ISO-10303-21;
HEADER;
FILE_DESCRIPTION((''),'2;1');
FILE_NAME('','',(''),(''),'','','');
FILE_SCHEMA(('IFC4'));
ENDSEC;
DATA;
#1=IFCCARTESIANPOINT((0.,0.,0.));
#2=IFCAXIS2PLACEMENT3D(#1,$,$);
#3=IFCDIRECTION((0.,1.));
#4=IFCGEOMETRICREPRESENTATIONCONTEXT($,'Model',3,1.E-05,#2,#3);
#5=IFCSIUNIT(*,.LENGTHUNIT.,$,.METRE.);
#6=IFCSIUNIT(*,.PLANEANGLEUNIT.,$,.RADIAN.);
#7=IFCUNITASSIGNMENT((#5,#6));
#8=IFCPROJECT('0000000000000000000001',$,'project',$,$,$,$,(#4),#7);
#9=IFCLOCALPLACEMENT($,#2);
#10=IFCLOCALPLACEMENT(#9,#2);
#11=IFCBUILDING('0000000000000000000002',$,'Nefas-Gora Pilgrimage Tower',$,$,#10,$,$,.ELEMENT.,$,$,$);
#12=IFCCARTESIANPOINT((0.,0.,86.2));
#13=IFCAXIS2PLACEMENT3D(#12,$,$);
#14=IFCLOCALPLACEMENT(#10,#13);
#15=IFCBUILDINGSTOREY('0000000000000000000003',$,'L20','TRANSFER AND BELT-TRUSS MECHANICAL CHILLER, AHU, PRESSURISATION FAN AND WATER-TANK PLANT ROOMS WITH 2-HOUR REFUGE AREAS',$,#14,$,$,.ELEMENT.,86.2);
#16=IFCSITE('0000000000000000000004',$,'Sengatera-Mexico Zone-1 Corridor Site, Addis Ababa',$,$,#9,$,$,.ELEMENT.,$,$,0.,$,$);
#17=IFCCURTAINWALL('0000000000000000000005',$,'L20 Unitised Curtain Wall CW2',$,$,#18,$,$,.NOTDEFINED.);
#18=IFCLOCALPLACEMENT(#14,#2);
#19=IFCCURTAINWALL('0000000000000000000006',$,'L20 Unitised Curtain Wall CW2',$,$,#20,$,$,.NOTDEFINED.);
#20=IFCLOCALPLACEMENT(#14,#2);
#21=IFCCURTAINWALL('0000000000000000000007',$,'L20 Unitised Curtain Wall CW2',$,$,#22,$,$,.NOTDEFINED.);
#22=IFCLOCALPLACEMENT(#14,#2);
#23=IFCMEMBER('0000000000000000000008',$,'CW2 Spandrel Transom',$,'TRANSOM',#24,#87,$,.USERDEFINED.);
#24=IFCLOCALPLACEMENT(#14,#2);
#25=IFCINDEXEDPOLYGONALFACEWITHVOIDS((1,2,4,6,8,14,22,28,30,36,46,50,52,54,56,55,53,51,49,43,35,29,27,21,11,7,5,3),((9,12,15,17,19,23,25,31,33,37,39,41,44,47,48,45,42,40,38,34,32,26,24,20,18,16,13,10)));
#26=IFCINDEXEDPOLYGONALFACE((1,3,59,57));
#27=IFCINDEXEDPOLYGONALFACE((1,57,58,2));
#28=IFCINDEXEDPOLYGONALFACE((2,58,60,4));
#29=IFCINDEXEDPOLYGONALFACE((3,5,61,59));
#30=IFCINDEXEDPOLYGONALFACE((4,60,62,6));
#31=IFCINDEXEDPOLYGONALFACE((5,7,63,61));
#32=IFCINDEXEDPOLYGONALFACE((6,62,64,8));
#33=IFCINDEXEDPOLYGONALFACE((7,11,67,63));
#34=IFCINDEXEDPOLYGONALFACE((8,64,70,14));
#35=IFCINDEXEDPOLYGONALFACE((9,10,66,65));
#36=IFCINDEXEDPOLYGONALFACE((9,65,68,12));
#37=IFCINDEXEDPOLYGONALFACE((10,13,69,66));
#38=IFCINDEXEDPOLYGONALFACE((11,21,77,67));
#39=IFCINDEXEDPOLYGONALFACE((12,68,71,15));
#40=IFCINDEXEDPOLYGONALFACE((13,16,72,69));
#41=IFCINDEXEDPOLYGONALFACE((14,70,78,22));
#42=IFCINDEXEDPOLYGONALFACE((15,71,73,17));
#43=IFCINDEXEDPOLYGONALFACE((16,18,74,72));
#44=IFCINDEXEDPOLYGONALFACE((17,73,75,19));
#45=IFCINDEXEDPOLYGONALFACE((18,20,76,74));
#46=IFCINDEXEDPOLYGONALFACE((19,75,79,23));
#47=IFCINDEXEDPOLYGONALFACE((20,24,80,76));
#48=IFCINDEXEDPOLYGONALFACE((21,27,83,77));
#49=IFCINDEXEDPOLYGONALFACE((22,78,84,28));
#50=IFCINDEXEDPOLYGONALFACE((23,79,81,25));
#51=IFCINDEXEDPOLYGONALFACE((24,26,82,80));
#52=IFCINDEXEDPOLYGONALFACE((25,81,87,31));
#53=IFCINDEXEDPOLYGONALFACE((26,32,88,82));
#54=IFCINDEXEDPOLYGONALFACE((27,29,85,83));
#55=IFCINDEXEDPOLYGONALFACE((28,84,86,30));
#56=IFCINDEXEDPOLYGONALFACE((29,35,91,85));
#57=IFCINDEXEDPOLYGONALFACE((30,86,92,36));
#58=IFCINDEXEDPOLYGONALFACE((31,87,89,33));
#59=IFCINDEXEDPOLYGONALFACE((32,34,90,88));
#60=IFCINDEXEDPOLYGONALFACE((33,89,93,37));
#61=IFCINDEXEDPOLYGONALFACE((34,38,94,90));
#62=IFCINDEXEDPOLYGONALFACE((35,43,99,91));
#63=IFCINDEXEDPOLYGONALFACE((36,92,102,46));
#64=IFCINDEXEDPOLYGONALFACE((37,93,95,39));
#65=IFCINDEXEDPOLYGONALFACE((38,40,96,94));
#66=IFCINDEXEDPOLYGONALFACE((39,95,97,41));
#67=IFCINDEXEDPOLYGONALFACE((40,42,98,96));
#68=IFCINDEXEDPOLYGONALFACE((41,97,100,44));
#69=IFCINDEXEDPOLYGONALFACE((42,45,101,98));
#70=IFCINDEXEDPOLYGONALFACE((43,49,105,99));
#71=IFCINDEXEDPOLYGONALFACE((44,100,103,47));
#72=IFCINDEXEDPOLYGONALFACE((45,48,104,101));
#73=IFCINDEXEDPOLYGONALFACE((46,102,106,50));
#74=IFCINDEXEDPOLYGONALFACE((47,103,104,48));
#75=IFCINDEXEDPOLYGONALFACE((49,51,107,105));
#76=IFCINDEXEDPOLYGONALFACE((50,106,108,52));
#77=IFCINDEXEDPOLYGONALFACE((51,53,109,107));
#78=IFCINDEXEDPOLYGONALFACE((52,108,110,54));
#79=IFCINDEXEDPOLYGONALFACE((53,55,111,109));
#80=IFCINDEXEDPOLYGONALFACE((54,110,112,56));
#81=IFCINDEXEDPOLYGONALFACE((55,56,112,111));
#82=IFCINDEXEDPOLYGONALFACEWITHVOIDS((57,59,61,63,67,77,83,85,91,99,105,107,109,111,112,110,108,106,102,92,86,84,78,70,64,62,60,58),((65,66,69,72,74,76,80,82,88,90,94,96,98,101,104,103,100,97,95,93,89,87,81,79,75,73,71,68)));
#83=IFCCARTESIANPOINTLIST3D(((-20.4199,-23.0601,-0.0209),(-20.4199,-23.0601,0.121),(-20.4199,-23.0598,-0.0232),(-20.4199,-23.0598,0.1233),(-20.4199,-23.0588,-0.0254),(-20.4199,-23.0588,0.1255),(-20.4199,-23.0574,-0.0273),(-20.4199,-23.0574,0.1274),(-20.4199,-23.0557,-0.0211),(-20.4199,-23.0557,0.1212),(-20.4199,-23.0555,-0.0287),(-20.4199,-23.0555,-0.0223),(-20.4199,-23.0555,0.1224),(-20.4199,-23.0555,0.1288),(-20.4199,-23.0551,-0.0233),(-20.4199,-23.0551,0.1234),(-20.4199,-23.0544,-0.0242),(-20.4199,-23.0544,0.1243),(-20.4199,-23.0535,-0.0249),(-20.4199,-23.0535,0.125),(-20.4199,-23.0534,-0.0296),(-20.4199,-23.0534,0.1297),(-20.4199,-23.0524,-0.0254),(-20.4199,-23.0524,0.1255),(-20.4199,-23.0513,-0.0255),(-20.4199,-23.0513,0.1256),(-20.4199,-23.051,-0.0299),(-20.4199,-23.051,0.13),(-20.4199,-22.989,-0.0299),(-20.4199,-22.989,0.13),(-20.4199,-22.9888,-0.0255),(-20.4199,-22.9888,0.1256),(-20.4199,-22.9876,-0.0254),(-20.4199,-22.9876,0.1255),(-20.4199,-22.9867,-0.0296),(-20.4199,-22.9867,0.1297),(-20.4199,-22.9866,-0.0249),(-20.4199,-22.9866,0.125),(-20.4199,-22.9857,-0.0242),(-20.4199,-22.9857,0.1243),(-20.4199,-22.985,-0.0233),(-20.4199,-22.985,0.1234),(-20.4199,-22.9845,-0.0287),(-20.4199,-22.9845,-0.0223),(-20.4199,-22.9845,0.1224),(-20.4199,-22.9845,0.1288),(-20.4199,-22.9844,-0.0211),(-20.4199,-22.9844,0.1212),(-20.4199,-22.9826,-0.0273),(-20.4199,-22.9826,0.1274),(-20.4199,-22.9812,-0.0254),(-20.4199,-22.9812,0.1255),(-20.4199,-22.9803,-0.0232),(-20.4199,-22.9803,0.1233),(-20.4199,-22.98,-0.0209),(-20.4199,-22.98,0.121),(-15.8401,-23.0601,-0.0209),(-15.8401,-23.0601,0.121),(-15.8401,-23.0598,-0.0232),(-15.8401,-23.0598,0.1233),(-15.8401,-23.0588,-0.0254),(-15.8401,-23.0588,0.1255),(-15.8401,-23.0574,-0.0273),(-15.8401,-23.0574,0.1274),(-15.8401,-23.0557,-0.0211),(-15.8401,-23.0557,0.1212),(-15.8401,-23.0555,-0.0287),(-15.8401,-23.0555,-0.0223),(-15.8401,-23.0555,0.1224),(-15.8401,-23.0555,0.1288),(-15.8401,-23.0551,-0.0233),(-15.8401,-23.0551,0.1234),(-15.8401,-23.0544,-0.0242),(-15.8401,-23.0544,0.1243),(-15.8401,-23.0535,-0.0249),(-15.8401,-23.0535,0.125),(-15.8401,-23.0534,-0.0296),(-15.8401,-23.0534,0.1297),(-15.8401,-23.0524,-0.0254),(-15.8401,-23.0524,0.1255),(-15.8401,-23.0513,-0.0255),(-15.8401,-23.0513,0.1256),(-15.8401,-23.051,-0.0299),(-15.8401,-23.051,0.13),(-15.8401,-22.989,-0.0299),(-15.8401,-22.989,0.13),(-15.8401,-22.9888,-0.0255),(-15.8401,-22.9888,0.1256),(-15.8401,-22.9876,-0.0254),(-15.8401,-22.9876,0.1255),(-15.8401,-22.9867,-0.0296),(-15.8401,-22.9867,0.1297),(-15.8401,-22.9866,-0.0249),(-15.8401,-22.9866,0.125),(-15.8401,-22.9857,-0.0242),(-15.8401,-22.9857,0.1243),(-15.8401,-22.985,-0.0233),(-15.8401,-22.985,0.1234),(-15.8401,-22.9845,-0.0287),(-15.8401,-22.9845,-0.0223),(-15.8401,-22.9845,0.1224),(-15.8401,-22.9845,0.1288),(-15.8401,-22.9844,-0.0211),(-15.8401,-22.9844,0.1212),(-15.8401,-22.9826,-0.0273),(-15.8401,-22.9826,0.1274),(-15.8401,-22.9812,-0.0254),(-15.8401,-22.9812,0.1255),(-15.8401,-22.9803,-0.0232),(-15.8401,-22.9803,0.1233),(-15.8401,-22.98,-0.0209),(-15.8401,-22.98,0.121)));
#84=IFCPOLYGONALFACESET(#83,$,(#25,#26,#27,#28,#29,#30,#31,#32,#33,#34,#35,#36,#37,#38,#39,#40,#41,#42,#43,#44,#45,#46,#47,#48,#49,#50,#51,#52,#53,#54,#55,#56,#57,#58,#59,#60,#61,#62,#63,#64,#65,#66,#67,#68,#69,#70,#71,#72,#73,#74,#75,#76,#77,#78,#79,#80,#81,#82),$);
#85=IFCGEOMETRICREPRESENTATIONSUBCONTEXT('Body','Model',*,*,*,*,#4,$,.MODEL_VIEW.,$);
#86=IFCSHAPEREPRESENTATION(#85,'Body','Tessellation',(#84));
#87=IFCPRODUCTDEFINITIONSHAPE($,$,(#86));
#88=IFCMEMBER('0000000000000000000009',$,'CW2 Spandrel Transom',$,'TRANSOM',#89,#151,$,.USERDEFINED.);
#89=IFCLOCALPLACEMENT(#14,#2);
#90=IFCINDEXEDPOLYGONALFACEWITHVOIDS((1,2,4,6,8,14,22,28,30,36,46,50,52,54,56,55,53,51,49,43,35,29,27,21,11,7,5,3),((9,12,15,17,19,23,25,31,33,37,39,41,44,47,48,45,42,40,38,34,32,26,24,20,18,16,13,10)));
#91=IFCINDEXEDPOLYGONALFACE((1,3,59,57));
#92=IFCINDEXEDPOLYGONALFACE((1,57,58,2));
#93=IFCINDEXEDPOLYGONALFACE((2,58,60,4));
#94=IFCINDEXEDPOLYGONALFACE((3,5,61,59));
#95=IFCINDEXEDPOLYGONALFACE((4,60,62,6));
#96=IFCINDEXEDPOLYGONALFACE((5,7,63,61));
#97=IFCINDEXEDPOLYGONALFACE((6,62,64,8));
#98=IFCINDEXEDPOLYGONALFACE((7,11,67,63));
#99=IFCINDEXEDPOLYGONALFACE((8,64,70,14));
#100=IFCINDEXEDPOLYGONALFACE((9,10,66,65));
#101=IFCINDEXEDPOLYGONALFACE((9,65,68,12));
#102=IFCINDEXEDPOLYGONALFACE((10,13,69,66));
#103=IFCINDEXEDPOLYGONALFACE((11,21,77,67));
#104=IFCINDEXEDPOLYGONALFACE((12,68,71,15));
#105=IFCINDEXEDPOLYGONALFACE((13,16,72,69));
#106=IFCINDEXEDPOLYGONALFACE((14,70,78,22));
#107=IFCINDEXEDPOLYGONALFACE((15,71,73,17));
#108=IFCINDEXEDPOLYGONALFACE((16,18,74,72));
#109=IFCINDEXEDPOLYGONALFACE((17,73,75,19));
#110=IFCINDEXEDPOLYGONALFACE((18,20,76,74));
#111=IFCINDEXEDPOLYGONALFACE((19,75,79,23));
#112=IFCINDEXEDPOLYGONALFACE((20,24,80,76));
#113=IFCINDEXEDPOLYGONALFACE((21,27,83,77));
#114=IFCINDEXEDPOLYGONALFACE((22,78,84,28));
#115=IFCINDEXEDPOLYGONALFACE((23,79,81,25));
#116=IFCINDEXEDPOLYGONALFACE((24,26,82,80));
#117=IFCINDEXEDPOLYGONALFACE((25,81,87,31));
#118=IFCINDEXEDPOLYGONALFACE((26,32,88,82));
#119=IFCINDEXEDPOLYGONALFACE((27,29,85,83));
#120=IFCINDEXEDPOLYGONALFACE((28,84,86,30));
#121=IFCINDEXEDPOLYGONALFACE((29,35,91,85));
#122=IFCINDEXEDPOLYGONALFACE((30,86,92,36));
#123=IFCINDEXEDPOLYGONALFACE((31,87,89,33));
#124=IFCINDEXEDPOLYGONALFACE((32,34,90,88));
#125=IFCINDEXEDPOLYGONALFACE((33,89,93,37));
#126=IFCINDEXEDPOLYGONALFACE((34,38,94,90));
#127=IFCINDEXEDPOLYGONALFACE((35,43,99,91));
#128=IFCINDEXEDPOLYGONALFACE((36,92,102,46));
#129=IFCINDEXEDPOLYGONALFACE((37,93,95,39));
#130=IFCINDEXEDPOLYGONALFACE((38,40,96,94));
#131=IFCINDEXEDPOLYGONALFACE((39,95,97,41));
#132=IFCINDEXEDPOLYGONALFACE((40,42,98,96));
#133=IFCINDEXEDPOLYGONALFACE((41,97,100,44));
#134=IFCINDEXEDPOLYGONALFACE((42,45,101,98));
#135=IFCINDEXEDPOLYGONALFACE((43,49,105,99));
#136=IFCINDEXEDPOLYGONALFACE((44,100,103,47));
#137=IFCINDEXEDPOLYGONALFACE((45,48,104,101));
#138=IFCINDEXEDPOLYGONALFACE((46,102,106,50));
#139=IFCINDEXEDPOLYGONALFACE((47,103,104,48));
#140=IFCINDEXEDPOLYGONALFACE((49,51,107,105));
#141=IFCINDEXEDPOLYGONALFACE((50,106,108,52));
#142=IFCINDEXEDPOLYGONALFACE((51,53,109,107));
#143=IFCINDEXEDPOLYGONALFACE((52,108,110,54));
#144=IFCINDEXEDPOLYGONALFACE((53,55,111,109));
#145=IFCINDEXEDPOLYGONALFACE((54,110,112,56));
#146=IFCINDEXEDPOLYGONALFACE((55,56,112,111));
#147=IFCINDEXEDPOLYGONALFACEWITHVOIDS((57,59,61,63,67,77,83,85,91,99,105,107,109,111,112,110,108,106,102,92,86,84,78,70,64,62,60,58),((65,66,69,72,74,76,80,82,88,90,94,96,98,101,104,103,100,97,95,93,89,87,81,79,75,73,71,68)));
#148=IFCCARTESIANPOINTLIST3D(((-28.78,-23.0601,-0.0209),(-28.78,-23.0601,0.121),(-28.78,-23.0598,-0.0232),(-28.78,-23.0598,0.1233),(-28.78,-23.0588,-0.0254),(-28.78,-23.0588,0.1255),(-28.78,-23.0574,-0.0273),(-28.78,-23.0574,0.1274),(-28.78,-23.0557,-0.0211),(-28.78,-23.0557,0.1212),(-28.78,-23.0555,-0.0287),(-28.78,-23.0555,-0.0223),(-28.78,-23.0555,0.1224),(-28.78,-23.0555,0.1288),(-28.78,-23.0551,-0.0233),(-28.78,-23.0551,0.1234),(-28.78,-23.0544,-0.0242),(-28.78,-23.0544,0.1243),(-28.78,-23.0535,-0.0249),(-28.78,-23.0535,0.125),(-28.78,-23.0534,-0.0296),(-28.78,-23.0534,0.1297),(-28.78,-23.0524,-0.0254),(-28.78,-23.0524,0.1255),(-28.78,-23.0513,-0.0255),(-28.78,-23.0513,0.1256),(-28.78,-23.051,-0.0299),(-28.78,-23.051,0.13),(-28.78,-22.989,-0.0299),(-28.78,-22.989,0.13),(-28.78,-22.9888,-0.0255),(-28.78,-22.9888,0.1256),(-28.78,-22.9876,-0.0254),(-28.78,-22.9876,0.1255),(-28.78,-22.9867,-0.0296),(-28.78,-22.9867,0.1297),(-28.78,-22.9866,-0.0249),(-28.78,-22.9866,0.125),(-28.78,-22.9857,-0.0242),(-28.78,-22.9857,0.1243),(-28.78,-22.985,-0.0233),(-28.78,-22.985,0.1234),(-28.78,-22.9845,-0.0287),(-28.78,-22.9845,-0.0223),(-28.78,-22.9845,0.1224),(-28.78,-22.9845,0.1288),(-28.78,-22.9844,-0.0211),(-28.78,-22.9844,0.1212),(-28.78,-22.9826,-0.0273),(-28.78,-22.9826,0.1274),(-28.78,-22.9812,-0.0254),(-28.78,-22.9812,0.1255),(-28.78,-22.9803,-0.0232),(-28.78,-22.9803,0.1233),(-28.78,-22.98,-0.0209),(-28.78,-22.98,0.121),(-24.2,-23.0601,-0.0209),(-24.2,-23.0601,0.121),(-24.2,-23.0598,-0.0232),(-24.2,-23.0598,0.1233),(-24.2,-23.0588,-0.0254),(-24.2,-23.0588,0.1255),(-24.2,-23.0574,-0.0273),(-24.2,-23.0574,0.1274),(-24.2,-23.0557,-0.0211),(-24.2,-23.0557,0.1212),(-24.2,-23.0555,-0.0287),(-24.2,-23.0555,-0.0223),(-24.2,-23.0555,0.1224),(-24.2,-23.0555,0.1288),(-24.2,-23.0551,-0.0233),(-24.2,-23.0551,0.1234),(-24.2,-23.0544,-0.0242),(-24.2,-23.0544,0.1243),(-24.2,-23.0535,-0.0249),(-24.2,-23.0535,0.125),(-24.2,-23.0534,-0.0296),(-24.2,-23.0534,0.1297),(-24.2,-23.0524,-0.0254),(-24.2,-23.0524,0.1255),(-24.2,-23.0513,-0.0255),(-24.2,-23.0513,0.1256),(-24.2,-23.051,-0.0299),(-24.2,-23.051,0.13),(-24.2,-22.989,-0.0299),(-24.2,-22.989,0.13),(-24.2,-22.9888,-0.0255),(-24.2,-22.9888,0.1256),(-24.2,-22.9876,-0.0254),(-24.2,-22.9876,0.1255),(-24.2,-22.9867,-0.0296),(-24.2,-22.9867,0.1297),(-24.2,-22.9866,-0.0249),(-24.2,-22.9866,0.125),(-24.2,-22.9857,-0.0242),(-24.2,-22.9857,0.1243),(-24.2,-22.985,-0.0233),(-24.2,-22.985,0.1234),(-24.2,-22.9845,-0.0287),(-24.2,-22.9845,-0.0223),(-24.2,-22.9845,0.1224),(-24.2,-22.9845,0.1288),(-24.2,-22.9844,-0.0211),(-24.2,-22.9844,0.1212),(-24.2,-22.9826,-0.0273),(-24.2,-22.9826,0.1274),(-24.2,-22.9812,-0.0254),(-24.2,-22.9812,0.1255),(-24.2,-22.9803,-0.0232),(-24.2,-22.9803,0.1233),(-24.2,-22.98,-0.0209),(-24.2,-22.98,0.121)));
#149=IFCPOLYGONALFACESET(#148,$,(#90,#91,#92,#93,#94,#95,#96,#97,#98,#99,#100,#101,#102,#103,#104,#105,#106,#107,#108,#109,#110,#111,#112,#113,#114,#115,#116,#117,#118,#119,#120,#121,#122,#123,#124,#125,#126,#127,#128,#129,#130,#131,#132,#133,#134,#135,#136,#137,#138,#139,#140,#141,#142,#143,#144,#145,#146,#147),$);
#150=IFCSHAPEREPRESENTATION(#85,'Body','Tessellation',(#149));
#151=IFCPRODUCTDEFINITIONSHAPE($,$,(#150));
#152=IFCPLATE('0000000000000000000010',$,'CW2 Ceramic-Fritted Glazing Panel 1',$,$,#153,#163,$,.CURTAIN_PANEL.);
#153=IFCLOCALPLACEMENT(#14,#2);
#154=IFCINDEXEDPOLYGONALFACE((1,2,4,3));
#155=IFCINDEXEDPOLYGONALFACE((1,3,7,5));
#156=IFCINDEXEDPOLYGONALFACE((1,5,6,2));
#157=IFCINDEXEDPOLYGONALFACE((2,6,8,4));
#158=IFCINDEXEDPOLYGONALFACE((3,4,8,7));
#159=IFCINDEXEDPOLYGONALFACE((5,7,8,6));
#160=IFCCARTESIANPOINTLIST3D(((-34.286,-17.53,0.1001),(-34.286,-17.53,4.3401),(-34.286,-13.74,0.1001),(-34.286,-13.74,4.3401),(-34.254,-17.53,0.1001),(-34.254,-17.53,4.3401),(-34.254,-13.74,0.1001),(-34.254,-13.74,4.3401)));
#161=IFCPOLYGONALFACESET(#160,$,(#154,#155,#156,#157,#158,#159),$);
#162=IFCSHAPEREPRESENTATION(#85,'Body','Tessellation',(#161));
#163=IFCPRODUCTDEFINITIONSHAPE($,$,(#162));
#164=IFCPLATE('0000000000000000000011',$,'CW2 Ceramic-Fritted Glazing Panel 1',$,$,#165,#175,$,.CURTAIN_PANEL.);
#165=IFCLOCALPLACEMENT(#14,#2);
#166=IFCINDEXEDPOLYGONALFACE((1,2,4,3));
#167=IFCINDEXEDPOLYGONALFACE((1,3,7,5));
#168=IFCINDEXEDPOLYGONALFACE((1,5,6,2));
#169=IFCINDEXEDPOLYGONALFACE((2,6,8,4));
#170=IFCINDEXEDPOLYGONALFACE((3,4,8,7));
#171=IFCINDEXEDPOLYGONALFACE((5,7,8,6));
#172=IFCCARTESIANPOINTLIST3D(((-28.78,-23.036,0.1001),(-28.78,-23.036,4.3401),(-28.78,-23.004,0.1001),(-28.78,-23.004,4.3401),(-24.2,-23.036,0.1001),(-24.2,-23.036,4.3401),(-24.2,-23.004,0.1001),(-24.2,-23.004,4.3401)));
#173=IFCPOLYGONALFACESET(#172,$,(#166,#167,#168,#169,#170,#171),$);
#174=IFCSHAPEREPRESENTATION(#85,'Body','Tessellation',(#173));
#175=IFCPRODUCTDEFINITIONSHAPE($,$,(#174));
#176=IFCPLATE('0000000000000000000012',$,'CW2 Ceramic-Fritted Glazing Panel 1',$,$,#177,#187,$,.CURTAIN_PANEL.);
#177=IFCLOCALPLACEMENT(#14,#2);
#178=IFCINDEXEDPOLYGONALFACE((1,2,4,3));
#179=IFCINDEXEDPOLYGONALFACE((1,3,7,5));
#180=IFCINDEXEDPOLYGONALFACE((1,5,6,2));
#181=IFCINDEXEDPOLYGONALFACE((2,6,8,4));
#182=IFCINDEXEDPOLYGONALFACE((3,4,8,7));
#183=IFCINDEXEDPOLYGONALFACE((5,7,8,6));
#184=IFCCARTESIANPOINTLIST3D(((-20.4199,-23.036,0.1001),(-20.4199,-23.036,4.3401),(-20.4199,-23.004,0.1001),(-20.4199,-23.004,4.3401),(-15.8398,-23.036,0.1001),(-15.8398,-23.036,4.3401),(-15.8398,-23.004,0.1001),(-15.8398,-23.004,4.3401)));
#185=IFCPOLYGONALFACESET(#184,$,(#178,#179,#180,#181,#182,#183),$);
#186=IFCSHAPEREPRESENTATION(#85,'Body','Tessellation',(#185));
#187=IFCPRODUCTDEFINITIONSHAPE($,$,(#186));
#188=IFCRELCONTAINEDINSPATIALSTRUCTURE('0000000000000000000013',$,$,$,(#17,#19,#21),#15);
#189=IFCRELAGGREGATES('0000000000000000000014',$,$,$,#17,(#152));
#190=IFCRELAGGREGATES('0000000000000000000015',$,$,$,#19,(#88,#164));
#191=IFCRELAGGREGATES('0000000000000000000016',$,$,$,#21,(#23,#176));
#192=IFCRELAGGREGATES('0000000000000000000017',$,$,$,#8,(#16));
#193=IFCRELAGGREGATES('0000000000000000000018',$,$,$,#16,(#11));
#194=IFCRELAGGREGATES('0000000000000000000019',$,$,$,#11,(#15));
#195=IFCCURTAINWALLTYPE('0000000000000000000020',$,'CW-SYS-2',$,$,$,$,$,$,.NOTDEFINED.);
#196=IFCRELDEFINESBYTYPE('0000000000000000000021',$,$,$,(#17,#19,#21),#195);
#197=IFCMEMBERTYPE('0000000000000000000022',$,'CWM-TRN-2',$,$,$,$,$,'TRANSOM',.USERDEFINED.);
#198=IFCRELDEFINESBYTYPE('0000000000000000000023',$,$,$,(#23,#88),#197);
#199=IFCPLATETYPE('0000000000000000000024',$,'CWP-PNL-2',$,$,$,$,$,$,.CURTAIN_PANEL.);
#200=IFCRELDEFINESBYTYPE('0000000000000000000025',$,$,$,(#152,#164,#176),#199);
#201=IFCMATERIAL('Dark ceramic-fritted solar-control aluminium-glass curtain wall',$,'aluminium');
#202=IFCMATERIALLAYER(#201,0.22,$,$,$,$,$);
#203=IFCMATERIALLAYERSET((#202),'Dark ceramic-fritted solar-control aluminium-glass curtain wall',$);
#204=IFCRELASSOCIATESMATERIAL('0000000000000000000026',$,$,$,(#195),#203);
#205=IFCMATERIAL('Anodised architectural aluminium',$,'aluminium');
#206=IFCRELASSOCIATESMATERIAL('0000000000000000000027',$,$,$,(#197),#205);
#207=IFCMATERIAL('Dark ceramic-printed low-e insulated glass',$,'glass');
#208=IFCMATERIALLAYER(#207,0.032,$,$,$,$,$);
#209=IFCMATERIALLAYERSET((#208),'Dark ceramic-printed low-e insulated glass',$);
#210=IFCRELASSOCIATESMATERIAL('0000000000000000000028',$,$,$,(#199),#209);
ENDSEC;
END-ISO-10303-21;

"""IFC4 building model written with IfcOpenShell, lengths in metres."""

from ifc_helpers import new_model, si_unit, direction, frame, origin, origin_2d, place, context, subcontext, project, spatial, rectangle, hollow_rectangle, extrude, source, transform, mapped, material, layer, layer_set, material_profile, profile_set, type_object, element, aggregate, save


model = new_model("IFC4")

# Units and contexts
model_context = context("Model", 3, precision=1e-05, world=origin(), true_north=direction((0.0, 1.0)))
body_context = subcontext(model_context, "Body", "Model", "MODEL_VIEW")
ifc_project = project(units=[si_unit("LENGTHUNIT", "METRE"), si_unit("PLANEANGLEUNIT", "RADIAN")], contexts=[model_context])

# Site, building, storey
site_placement = place(None, origin())
site = spatial("IfcSite", under=ifc_project, at=site_placement, Name="Sengatera-Mexico Zone-1 Corridor Site, Addis Ababa", CompositionType="ELEMENT", RefElevation=0.0)
building_placement = place(site_placement, origin())
building = spatial("IfcBuilding", under=site, at=building_placement, Name="Nefas-Gora Pilgrimage Tower", CompositionType="ELEMENT")
storey_placement = place(building_placement, frame((0.0, 0.0, 86.2)))
storey = spatial("IfcBuildingStorey", under=building, at=storey_placement, Name="L20", Description="TRANSFER AND BELT-TRUSS MECHANICAL CHILLER, AHU, PRESSURISATION FAN AND WATER-TANK PLANT ROOMS WITH 2-HOUR REFUGE AREAS", CompositionType="ELEMENT", Elevation=86.2)

# Curtain walls
ifc_material_1 = material(Name="Dark ceramic-fritted solar-control aluminium-glass curtain wall", Category="aluminium")
ifc_layer_1 = layer(ifc_material_1, 0.22)
ifc_layer_set_1 = layer_set([ifc_layer_1], Name="Dark ceramic-fritted solar-control aluminium-glass curtain wall")
curtain_wall_type = type_object("IfcCurtainWallType", Name="CW-SYS-2", PredefinedType="NOTDEFINED", material=ifc_layer_set_1)
curtain_wall_1_placement = place(storey_placement, origin())
curtain_wall_1 = element("IfcCurtainWall", 1, at=curtain_wall_1_placement, inside=storey, type_object=curtain_wall_type, Name="L20 Unitised Curtain Wall CW2", PredefinedType="NOTDEFINED")
ifc_material_2 = material(Name="Anodised architectural aluminium", Category="aluminium")
curtain_wall_2_placement = place(storey_placement, origin())
curtain_wall_2 = element("IfcCurtainWall", 2, at=curtain_wall_2_placement, inside=storey, type_object=curtain_wall_type, Name="L20 Unitised Curtain Wall CW2", PredefinedType="NOTDEFINED")
curtain_wall_3_placement = place(storey_placement, origin())
curtain_wall_3 = element("IfcCurtainWall", 3, at=curtain_wall_3_placement, inside=storey, type_object=curtain_wall_type, Name="L20 Unitised Curtain Wall CW2", PredefinedType="NOTDEFINED")

# Members
ifc_material_profile_1 = material_profile(ifc_material_2, hollow_rectangle(XDim=0.0801, YDim=0.1599, WallThickness=0.0044, InnerFilletRadius=0.0044, OuterFilletRadius=0.009, at=origin_2d()), Name="ALU TRANSOM 80x160")
ifc_profile_set_1 = profile_set([ifc_material_profile_1], Name="Anodised architectural aluminium")
member_type_1 = type_object("IfcMemberType", Name="CWM-TRN-2", ElementType="TRANSOM", PredefinedType="USERDEFINED", material=ifc_profile_set_1)
shared_shape_1 = source(origin(), body_context, "Body", "SweptSolid", [
    extrude(hollow_rectangle(XDim=0.0801, YDim=0.1599, WallThickness=0.0044, InnerFilletRadius=0.0044, OuterFilletRadius=0.009, at=origin_2d()), origin(), (0.0, 0.0, 1.0), 4.5798),
])
member_1_placement = place(storey_placement, frame((-20.4199, -23.02, 0.05), z_axis=(1.0, 0.0, 0.0), x_axis=(0.0, 1.0, 0.0)))
member_1 = element("IfcMember", 4, at=member_1_placement, type_object=member_type_1, Name="CW2 Spandrel Transom", ObjectType="TRANSOM", PredefinedType="USERDEFINED", context=body_context, shape_type="MappedRepresentation", body=[
    mapped(shared_shape_1, transform((0.0, 0.0, 0.0), x_axis=(1.0, 0.0, 0.0), y_axis=(0.0, 1.0, 0.0), z_axis=(0.0, 0.0, 1.0), scale=1.0)),
])
shared_shape_2 = source(origin(), body_context, "Body", "SweptSolid", [
    extrude(hollow_rectangle(XDim=0.0801, YDim=0.1599, WallThickness=0.0044, InnerFilletRadius=0.0044, OuterFilletRadius=0.009, at=origin_2d()), origin(), (0.0, 0.0, 1.0), 4.5801),
])
member_2_placement = place(storey_placement, frame((-28.78, -23.02, 0.05), z_axis=(1.0, 0.0, 0.0), x_axis=(0.0, 1.0, 0.0)))
member_2 = element("IfcMember", 5, at=member_2_placement, type_object=member_type_1, Name="CW2 Spandrel Transom", ObjectType="TRANSOM", PredefinedType="USERDEFINED", context=body_context, shape_type="MappedRepresentation", body=[
    mapped(shared_shape_2, transform((0.0, 0.0, 0.0), x_axis=(1.0, 0.0, 0.0), y_axis=(0.0, 1.0, 0.0), z_axis=(0.0, 0.0, 1.0), scale=1.0)),
])

# Plates
ifc_material_3 = material(Name="Dark ceramic-printed low-e insulated glass", Category="glass")
ifc_layer_2 = layer(ifc_material_3, 0.032)
ifc_layer_set_2 = layer_set([ifc_layer_2], Name="Dark ceramic-printed low-e insulated glass")
plate_type = type_object("IfcPlateType", Name="CWP-PNL-2", PredefinedType="CURTAIN_PANEL", material=ifc_layer_set_2)
shared_shape_3 = source(origin(), body_context, "Body", "SweptSolid", [
    extrude(rectangle(XDim=3.79, YDim=0.032, at=origin_2d()), origin(), (0.0, 0.0, 1.0), 4.24),
])
plate_1_placement = place(storey_placement, frame((-34.27, -15.635, 0.1001), z_axis=(0.0, 0.0, 1.0), x_axis=(0.0, -1.0, 0.0)))
plate_1 = element("IfcPlate", 6, at=plate_1_placement, type_object=plate_type, Name="CW2 Ceramic-Fritted Glazing Panel 1", PredefinedType="CURTAIN_PANEL", context=body_context, shape_type="MappedRepresentation", body=[
    mapped(shared_shape_3, transform((0.0, 0.0, 0.0), x_axis=(1.0, 0.0, 0.0), y_axis=(0.0, 1.0, 0.0), z_axis=(0.0, 0.0, 1.0), scale=1.0)),
])
aggregate(curtain_wall_1, [plate_1])
shared_shape_4 = source(origin(), body_context, "Body", "SweptSolid", [
    extrude(rectangle(XDim=4.5801, YDim=0.032, at=origin_2d()), origin(), (0.0, 0.0, 1.0), 4.24),
])
plate_2_placement = place(storey_placement, frame((-26.49, -23.02, 0.1001), z_axis=(0.0, 0.0, 1.0), x_axis=(1.0, 0.0, 0.0)))
plate_2 = element("IfcPlate", 7, at=plate_2_placement, type_object=plate_type, Name="CW2 Ceramic-Fritted Glazing Panel 1", PredefinedType="CURTAIN_PANEL", context=body_context, shape_type="MappedRepresentation", body=[
    mapped(shared_shape_4, transform((0.0, 0.0, 0.0), x_axis=(1.0, 0.0, 0.0), y_axis=(0.0, 1.0, 0.0), z_axis=(0.0, 0.0, 1.0), scale=1.0)),
])
aggregate(curtain_wall_2, [member_2, plate_2])
plate_3_placement = place(storey_placement, frame((-18.1299, -23.02, 0.1001), z_axis=(0.0, 0.0, 1.0), x_axis=(1.0, 0.0, 0.0)))
plate_3 = element("IfcPlate", 8, at=plate_3_placement, type_object=plate_type, Name="CW2 Ceramic-Fritted Glazing Panel 1", PredefinedType="CURTAIN_PANEL", context=body_context, shape_type="MappedRepresentation", body=[
    mapped(shared_shape_4, transform((0.0, 0.0, 0.0), x_axis=(1.0, 0.0, 0.0), y_axis=(0.0, 1.0, 0.0), z_axis=(0.0, 0.0, 1.0), scale=1.0)),
])
aggregate(curtain_wall_3, [member_1, plate_3])

save(model, "model.ifc")
